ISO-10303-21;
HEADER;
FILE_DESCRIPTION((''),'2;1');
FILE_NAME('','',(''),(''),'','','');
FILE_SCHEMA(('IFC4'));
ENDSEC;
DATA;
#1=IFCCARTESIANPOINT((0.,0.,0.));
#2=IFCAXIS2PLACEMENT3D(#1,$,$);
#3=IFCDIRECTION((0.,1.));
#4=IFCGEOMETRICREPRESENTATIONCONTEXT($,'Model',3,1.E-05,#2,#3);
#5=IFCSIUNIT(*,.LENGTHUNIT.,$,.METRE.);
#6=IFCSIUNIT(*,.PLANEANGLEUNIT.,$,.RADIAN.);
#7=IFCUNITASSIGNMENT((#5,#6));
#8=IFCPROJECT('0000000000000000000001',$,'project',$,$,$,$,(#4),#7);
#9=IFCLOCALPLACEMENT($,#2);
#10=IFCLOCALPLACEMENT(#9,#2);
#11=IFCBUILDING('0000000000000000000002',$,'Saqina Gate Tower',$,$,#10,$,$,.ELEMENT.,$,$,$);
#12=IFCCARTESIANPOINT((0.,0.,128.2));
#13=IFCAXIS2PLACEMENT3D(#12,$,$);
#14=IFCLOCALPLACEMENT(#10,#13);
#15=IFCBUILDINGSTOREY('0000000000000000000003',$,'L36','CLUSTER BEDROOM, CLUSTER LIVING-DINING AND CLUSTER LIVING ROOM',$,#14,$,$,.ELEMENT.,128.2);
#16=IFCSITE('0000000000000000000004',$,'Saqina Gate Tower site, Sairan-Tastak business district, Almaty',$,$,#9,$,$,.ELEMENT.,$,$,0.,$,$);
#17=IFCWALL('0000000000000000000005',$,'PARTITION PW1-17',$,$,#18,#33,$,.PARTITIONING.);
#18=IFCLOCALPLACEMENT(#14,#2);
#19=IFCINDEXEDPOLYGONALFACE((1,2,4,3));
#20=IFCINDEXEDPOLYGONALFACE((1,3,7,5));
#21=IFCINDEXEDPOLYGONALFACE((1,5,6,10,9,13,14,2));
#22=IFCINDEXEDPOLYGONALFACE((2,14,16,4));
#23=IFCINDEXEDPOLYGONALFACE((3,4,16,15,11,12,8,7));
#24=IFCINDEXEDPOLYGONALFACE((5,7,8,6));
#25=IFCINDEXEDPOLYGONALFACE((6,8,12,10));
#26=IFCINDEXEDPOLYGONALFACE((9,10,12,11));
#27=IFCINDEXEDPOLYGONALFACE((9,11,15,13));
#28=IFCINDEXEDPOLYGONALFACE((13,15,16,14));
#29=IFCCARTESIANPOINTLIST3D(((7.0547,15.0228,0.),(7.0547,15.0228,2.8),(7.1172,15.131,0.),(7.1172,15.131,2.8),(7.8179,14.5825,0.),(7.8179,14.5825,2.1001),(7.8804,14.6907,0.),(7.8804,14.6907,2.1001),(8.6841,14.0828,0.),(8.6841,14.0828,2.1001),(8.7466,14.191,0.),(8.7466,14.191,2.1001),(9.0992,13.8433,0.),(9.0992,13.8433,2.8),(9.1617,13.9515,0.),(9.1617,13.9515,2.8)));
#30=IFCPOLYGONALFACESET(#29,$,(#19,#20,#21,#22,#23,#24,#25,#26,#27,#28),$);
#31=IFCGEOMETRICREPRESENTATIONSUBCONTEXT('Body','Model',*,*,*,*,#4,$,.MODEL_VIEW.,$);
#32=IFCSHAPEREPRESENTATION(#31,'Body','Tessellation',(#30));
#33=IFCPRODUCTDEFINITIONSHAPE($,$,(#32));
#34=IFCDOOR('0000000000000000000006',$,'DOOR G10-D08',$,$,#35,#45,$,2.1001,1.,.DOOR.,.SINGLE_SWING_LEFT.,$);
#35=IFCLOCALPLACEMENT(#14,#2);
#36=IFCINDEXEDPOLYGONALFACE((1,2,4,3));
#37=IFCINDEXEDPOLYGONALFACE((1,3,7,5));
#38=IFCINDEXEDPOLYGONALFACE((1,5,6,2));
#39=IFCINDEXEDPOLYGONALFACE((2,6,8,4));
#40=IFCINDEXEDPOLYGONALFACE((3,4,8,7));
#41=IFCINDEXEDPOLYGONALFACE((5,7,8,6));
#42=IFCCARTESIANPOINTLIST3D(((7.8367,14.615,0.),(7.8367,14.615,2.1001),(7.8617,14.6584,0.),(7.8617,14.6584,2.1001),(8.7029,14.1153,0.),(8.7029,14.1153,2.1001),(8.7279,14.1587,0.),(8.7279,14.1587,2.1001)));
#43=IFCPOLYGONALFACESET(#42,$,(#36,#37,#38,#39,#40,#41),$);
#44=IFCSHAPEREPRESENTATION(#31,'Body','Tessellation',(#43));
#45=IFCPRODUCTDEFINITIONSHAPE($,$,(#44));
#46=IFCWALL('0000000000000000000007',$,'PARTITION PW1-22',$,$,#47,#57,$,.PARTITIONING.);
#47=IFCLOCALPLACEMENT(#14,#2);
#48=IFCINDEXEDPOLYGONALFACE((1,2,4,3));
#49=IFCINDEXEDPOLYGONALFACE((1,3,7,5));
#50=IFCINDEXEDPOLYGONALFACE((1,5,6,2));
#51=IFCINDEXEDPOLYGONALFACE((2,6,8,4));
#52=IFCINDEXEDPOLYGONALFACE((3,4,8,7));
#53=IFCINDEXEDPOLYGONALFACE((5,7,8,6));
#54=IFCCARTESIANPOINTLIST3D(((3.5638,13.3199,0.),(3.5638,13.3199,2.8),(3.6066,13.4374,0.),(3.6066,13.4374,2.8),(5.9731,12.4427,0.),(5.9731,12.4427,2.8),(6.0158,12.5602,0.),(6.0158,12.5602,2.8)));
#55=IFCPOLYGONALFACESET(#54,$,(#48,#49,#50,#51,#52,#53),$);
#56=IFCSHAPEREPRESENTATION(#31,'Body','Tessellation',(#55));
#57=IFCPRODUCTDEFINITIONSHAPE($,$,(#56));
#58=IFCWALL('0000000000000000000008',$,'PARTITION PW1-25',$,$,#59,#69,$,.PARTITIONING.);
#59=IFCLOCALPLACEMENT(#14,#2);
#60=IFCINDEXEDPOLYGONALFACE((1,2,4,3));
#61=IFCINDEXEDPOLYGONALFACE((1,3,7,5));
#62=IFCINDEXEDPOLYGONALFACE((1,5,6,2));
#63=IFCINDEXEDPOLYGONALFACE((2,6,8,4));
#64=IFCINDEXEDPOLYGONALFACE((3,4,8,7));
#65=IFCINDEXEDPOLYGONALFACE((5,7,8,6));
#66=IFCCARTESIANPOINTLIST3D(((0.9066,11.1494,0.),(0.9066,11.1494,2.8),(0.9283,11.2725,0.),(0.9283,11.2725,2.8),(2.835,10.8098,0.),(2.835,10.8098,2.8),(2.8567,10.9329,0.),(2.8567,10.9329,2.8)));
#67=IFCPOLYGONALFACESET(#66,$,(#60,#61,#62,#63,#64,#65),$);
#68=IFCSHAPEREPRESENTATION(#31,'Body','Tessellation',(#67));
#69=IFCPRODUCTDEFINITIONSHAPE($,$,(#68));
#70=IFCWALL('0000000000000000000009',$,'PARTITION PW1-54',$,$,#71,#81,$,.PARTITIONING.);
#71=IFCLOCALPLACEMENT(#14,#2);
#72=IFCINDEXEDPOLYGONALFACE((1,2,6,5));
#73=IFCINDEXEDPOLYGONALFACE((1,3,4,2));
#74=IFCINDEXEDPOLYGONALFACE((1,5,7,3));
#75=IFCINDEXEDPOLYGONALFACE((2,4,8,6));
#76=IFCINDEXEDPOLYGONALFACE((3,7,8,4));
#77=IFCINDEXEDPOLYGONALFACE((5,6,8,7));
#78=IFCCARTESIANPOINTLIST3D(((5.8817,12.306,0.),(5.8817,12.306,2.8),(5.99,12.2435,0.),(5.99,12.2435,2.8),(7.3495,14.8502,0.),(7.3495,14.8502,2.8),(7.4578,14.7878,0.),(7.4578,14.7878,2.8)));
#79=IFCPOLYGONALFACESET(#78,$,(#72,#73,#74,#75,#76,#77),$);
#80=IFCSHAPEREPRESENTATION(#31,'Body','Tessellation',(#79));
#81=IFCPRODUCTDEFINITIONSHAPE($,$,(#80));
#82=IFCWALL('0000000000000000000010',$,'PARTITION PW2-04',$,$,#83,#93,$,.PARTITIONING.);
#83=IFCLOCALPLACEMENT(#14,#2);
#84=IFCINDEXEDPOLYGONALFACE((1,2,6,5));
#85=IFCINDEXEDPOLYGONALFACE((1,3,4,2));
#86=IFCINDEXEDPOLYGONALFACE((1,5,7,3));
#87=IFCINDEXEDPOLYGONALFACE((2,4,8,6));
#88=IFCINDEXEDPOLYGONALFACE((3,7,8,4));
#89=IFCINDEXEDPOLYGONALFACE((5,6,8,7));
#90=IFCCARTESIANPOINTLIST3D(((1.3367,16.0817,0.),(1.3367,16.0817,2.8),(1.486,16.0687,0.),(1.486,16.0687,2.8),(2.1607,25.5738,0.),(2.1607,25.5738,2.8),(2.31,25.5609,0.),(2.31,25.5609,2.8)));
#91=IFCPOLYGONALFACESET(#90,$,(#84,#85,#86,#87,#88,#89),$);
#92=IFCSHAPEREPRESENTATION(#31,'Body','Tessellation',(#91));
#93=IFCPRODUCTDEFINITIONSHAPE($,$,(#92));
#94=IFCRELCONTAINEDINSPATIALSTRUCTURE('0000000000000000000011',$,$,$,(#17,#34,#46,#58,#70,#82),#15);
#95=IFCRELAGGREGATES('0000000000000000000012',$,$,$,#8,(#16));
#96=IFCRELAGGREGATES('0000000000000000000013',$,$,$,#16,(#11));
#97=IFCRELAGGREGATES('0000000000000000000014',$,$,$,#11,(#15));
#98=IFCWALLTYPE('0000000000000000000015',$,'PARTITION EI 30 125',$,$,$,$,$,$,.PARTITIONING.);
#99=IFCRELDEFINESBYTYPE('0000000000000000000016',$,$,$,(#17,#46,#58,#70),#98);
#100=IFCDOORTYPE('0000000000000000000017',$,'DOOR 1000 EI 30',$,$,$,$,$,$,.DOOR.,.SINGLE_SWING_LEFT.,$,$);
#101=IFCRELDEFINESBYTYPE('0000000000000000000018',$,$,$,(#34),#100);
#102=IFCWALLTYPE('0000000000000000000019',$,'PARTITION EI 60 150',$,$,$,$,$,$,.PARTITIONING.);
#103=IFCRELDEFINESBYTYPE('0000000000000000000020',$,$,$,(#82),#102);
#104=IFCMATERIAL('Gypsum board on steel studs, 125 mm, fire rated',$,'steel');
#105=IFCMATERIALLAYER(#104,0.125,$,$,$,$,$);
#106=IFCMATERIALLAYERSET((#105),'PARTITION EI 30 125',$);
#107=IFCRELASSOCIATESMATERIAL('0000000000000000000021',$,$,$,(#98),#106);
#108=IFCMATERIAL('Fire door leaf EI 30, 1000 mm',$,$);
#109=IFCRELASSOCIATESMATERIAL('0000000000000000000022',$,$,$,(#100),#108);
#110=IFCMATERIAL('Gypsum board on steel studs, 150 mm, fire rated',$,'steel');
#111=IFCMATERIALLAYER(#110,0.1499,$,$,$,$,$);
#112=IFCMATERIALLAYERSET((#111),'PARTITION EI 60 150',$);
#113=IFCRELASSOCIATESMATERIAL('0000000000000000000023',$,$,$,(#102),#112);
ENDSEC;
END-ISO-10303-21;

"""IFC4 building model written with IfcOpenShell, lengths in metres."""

from ifc_helpers import new_model, si_unit, direction, frame, frame_2d, origin, place, context, subcontext, project, spatial, rectangle, extrude, material, layer, layer_set, type_object, element, fill, save


model = new_model("IFC4")

# Units and contexts
model_context = context("Model", 3, precision=1e-05, world=origin(), true_north=direction((0.0, 1.0)))
body_context = subcontext(model_context, "Body", "Model", "MODEL_VIEW")
ifc_project = project(units=[si_unit("LENGTHUNIT", "METRE"), si_unit("PLANEANGLEUNIT", "RADIAN")], contexts=[model_context])

# Site, building, storey
site_placement = place(None, origin())
site = spatial("IfcSite", under=ifc_project, at=site_placement, Name="Saqina Gate Tower site, Sairan-Tastak business district, Almaty", CompositionType="ELEMENT", RefElevation=0.0)
building_placement = place(site_placement, origin())
building = spatial("IfcBuilding", under=site, at=building_placement, Name="Saqina Gate Tower", CompositionType="ELEMENT")
storey_placement = place(building_placement, frame((0.0, 0.0, 128.2)))
storey = spatial("IfcBuildingStorey", under=building, at=storey_placement, Name="L36", Description="CLUSTER BEDROOM, CLUSTER LIVING-DINING AND CLUSTER LIVING ROOM", CompositionType="ELEMENT", Elevation=128.2)

# Shared definitions
ifc_material_1 = material(Name="Gypsum board on steel studs, 125 mm, fire rated", Category="steel")
ifc_layer_1 = layer(ifc_material_1, 0.125)
ifc_layer_set_1 = layer_set([ifc_layer_1], Name="PARTITION EI 30 125")
wall_type_1 = type_object("IfcWallType", Name="PARTITION EI 30 125", PredefinedType="PARTITIONING", material=ifc_layer_set_1)

# Wall, opening, door
wall_1_placement = place(storey_placement, frame((7.0859, 15.0769, 0.0), z_axis=(0.0, 0.0, 1.0), x_axis=(0.866192, -0.499711, 0.0)))
wall_1 = element("IfcWall", 1, at=wall_1_placement, inside=storey, type_object=wall_type_1, Name="PARTITION PW1-17", PredefinedType="PARTITIONING", context=body_context, shape_type="SweptSolid", body=[
    extrude(rectangle(XDim=2.3604, YDim=0.125, at=frame_2d((1.1802, 0.0))), origin(), (0.0, 0.0, 1.0), 2.8),
])
opening_1_placement = place(wall_1_placement, frame((0.8811, 0.0, 0.0)))
opening_1 = element("IfcOpeningElement", 2, at=opening_1_placement, cuts=wall_1, PredefinedType="OPENING", context=body_context, shape_type="SweptSolid", body=[
    extrude(rectangle(XDim=1.0, YDim=2.1001, at=frame_2d((0.5, 1.05))), frame((0.0, 0.0745, 0.0), z_axis=(0.0, -1.0, 0.0), x_axis=(1.0, 0.0, 0.0)), (0.0, 0.0, 1.0), 0.1489),
])
ifc_material_2 = material(Name="Fire door leaf EI 30, 1000 mm")
door_type_1 = type_object("IfcDoorType", Name="DOOR 1000 EI 30", OperationType="SINGLE_SWING_LEFT", PredefinedType="DOOR", material=ifc_material_2)
door_1_placement = place(opening_1_placement, frame((1.0, 0.0, 0.0), z_axis=(0.0, 0.0, 1.0), x_axis=(-1.0, 0.0, 0.0)))
door_1 = element("IfcDoor", 3, at=door_1_placement, inside=storey, type_object=door_type_1, Name="DOOR G10-D08", OperationType="SINGLE_SWING_LEFT", OverallHeight=2.1001, OverallWidth=1.0, PredefinedType="DOOR", context=body_context, shape_type="SweptSolid", body=[
    extrude(rectangle(XDim=1.0, YDim=2.1001, at=frame_2d((0.5, 1.05))), frame((0.0, 0.0249, 0.0), z_axis=(0.0, -1.0, 0.0), x_axis=(1.0, 0.0, 0.0)), (0.0, 0.0, 1.0), 0.05),
])
fill(opening_1, door_1)

# Walls
wall_2_placement = place(storey_placement, frame((3.5852, 13.3787, 0.0), z_axis=(0.0, 0.0, 1.0), x_axis=(0.939652, -0.342133, 0.0)))
element("IfcWall", 4, at=wall_2_placement, inside=storey, type_object=wall_type_1, Name="PARTITION PW1-22", PredefinedType="PARTITIONING", context=body_context, shape_type="SweptSolid", body=[
    extrude(rectangle(XDim=2.564, YDim=0.125, at=frame_2d((1.282, 0.0))), origin(), (0.0, 0.0, 1.0), 2.8),
])
wall_3_placement = place(storey_placement, frame((0.9175, 11.2109, 0.0), z_axis=(0.0, 0.0, 1.0), x_axis=(0.984843, -0.173451, 0.0)))
element("IfcWall", 5, at=wall_3_placement, inside=storey, type_object=wall_type_1, Name="PARTITION PW1-25", PredefinedType="PARTITIONING", context=body_context, shape_type="SweptSolid", body=[
    extrude(rectangle(XDim=1.958, YDim=0.125, at=frame_2d((0.979, 0.0))), origin(), (0.0, 0.0, 1.0), 2.8),
])
wall_4_placement = place(storey_placement, frame((5.9358, 12.2747, 0.0), z_axis=(0.0, 0.0, 1.0), x_axis=(0.499715, 0.86619, 0.0)))
element("IfcWall", 6, at=wall_4_placement, inside=storey, type_object=wall_type_1, Name="PARTITION PW1-54", PredefinedType="PARTITIONING", context=body_context, shape_type="SweptSolid", body=[
    extrude(rectangle(XDim=2.9373, YDim=0.125, at=frame_2d((1.4688, 0.0))), origin(), (0.0, 0.0, 1.0), 2.8),
])
ifc_material_3 = material(Name="Gypsum board on steel studs, 150 mm, fire rated", Category="steel")
ifc_layer_2 = layer(ifc_material_3, 0.1499)
ifc_layer_set_2 = layer_set([ifc_layer_2], Name="PARTITION EI 60 150")
wall_type_2 = type_object("IfcWallType", Name="PARTITION EI 60 150", PredefinedType="PARTITIONING", material=ifc_layer_set_2)
wall_5_placement = place(storey_placement, frame((1.4114, 16.0752, 0.0), z_axis=(0.0, 0.0, 1.0), x_axis=(0.08648, 0.996254, 0.0)))
element("IfcWall", 7, at=wall_5_placement, inside=storey, type_object=wall_type_2, Name="PARTITION PW2-04", PredefinedType="PARTITIONING", context=body_context, shape_type="SweptSolid", body=[
    extrude(rectangle(XDim=9.5278, YDim=0.1499, at=frame_2d((4.7639, 0.0))), origin(), (0.0, 0.0, 1.0), 2.8),
])

save(model, "model.ifc")
